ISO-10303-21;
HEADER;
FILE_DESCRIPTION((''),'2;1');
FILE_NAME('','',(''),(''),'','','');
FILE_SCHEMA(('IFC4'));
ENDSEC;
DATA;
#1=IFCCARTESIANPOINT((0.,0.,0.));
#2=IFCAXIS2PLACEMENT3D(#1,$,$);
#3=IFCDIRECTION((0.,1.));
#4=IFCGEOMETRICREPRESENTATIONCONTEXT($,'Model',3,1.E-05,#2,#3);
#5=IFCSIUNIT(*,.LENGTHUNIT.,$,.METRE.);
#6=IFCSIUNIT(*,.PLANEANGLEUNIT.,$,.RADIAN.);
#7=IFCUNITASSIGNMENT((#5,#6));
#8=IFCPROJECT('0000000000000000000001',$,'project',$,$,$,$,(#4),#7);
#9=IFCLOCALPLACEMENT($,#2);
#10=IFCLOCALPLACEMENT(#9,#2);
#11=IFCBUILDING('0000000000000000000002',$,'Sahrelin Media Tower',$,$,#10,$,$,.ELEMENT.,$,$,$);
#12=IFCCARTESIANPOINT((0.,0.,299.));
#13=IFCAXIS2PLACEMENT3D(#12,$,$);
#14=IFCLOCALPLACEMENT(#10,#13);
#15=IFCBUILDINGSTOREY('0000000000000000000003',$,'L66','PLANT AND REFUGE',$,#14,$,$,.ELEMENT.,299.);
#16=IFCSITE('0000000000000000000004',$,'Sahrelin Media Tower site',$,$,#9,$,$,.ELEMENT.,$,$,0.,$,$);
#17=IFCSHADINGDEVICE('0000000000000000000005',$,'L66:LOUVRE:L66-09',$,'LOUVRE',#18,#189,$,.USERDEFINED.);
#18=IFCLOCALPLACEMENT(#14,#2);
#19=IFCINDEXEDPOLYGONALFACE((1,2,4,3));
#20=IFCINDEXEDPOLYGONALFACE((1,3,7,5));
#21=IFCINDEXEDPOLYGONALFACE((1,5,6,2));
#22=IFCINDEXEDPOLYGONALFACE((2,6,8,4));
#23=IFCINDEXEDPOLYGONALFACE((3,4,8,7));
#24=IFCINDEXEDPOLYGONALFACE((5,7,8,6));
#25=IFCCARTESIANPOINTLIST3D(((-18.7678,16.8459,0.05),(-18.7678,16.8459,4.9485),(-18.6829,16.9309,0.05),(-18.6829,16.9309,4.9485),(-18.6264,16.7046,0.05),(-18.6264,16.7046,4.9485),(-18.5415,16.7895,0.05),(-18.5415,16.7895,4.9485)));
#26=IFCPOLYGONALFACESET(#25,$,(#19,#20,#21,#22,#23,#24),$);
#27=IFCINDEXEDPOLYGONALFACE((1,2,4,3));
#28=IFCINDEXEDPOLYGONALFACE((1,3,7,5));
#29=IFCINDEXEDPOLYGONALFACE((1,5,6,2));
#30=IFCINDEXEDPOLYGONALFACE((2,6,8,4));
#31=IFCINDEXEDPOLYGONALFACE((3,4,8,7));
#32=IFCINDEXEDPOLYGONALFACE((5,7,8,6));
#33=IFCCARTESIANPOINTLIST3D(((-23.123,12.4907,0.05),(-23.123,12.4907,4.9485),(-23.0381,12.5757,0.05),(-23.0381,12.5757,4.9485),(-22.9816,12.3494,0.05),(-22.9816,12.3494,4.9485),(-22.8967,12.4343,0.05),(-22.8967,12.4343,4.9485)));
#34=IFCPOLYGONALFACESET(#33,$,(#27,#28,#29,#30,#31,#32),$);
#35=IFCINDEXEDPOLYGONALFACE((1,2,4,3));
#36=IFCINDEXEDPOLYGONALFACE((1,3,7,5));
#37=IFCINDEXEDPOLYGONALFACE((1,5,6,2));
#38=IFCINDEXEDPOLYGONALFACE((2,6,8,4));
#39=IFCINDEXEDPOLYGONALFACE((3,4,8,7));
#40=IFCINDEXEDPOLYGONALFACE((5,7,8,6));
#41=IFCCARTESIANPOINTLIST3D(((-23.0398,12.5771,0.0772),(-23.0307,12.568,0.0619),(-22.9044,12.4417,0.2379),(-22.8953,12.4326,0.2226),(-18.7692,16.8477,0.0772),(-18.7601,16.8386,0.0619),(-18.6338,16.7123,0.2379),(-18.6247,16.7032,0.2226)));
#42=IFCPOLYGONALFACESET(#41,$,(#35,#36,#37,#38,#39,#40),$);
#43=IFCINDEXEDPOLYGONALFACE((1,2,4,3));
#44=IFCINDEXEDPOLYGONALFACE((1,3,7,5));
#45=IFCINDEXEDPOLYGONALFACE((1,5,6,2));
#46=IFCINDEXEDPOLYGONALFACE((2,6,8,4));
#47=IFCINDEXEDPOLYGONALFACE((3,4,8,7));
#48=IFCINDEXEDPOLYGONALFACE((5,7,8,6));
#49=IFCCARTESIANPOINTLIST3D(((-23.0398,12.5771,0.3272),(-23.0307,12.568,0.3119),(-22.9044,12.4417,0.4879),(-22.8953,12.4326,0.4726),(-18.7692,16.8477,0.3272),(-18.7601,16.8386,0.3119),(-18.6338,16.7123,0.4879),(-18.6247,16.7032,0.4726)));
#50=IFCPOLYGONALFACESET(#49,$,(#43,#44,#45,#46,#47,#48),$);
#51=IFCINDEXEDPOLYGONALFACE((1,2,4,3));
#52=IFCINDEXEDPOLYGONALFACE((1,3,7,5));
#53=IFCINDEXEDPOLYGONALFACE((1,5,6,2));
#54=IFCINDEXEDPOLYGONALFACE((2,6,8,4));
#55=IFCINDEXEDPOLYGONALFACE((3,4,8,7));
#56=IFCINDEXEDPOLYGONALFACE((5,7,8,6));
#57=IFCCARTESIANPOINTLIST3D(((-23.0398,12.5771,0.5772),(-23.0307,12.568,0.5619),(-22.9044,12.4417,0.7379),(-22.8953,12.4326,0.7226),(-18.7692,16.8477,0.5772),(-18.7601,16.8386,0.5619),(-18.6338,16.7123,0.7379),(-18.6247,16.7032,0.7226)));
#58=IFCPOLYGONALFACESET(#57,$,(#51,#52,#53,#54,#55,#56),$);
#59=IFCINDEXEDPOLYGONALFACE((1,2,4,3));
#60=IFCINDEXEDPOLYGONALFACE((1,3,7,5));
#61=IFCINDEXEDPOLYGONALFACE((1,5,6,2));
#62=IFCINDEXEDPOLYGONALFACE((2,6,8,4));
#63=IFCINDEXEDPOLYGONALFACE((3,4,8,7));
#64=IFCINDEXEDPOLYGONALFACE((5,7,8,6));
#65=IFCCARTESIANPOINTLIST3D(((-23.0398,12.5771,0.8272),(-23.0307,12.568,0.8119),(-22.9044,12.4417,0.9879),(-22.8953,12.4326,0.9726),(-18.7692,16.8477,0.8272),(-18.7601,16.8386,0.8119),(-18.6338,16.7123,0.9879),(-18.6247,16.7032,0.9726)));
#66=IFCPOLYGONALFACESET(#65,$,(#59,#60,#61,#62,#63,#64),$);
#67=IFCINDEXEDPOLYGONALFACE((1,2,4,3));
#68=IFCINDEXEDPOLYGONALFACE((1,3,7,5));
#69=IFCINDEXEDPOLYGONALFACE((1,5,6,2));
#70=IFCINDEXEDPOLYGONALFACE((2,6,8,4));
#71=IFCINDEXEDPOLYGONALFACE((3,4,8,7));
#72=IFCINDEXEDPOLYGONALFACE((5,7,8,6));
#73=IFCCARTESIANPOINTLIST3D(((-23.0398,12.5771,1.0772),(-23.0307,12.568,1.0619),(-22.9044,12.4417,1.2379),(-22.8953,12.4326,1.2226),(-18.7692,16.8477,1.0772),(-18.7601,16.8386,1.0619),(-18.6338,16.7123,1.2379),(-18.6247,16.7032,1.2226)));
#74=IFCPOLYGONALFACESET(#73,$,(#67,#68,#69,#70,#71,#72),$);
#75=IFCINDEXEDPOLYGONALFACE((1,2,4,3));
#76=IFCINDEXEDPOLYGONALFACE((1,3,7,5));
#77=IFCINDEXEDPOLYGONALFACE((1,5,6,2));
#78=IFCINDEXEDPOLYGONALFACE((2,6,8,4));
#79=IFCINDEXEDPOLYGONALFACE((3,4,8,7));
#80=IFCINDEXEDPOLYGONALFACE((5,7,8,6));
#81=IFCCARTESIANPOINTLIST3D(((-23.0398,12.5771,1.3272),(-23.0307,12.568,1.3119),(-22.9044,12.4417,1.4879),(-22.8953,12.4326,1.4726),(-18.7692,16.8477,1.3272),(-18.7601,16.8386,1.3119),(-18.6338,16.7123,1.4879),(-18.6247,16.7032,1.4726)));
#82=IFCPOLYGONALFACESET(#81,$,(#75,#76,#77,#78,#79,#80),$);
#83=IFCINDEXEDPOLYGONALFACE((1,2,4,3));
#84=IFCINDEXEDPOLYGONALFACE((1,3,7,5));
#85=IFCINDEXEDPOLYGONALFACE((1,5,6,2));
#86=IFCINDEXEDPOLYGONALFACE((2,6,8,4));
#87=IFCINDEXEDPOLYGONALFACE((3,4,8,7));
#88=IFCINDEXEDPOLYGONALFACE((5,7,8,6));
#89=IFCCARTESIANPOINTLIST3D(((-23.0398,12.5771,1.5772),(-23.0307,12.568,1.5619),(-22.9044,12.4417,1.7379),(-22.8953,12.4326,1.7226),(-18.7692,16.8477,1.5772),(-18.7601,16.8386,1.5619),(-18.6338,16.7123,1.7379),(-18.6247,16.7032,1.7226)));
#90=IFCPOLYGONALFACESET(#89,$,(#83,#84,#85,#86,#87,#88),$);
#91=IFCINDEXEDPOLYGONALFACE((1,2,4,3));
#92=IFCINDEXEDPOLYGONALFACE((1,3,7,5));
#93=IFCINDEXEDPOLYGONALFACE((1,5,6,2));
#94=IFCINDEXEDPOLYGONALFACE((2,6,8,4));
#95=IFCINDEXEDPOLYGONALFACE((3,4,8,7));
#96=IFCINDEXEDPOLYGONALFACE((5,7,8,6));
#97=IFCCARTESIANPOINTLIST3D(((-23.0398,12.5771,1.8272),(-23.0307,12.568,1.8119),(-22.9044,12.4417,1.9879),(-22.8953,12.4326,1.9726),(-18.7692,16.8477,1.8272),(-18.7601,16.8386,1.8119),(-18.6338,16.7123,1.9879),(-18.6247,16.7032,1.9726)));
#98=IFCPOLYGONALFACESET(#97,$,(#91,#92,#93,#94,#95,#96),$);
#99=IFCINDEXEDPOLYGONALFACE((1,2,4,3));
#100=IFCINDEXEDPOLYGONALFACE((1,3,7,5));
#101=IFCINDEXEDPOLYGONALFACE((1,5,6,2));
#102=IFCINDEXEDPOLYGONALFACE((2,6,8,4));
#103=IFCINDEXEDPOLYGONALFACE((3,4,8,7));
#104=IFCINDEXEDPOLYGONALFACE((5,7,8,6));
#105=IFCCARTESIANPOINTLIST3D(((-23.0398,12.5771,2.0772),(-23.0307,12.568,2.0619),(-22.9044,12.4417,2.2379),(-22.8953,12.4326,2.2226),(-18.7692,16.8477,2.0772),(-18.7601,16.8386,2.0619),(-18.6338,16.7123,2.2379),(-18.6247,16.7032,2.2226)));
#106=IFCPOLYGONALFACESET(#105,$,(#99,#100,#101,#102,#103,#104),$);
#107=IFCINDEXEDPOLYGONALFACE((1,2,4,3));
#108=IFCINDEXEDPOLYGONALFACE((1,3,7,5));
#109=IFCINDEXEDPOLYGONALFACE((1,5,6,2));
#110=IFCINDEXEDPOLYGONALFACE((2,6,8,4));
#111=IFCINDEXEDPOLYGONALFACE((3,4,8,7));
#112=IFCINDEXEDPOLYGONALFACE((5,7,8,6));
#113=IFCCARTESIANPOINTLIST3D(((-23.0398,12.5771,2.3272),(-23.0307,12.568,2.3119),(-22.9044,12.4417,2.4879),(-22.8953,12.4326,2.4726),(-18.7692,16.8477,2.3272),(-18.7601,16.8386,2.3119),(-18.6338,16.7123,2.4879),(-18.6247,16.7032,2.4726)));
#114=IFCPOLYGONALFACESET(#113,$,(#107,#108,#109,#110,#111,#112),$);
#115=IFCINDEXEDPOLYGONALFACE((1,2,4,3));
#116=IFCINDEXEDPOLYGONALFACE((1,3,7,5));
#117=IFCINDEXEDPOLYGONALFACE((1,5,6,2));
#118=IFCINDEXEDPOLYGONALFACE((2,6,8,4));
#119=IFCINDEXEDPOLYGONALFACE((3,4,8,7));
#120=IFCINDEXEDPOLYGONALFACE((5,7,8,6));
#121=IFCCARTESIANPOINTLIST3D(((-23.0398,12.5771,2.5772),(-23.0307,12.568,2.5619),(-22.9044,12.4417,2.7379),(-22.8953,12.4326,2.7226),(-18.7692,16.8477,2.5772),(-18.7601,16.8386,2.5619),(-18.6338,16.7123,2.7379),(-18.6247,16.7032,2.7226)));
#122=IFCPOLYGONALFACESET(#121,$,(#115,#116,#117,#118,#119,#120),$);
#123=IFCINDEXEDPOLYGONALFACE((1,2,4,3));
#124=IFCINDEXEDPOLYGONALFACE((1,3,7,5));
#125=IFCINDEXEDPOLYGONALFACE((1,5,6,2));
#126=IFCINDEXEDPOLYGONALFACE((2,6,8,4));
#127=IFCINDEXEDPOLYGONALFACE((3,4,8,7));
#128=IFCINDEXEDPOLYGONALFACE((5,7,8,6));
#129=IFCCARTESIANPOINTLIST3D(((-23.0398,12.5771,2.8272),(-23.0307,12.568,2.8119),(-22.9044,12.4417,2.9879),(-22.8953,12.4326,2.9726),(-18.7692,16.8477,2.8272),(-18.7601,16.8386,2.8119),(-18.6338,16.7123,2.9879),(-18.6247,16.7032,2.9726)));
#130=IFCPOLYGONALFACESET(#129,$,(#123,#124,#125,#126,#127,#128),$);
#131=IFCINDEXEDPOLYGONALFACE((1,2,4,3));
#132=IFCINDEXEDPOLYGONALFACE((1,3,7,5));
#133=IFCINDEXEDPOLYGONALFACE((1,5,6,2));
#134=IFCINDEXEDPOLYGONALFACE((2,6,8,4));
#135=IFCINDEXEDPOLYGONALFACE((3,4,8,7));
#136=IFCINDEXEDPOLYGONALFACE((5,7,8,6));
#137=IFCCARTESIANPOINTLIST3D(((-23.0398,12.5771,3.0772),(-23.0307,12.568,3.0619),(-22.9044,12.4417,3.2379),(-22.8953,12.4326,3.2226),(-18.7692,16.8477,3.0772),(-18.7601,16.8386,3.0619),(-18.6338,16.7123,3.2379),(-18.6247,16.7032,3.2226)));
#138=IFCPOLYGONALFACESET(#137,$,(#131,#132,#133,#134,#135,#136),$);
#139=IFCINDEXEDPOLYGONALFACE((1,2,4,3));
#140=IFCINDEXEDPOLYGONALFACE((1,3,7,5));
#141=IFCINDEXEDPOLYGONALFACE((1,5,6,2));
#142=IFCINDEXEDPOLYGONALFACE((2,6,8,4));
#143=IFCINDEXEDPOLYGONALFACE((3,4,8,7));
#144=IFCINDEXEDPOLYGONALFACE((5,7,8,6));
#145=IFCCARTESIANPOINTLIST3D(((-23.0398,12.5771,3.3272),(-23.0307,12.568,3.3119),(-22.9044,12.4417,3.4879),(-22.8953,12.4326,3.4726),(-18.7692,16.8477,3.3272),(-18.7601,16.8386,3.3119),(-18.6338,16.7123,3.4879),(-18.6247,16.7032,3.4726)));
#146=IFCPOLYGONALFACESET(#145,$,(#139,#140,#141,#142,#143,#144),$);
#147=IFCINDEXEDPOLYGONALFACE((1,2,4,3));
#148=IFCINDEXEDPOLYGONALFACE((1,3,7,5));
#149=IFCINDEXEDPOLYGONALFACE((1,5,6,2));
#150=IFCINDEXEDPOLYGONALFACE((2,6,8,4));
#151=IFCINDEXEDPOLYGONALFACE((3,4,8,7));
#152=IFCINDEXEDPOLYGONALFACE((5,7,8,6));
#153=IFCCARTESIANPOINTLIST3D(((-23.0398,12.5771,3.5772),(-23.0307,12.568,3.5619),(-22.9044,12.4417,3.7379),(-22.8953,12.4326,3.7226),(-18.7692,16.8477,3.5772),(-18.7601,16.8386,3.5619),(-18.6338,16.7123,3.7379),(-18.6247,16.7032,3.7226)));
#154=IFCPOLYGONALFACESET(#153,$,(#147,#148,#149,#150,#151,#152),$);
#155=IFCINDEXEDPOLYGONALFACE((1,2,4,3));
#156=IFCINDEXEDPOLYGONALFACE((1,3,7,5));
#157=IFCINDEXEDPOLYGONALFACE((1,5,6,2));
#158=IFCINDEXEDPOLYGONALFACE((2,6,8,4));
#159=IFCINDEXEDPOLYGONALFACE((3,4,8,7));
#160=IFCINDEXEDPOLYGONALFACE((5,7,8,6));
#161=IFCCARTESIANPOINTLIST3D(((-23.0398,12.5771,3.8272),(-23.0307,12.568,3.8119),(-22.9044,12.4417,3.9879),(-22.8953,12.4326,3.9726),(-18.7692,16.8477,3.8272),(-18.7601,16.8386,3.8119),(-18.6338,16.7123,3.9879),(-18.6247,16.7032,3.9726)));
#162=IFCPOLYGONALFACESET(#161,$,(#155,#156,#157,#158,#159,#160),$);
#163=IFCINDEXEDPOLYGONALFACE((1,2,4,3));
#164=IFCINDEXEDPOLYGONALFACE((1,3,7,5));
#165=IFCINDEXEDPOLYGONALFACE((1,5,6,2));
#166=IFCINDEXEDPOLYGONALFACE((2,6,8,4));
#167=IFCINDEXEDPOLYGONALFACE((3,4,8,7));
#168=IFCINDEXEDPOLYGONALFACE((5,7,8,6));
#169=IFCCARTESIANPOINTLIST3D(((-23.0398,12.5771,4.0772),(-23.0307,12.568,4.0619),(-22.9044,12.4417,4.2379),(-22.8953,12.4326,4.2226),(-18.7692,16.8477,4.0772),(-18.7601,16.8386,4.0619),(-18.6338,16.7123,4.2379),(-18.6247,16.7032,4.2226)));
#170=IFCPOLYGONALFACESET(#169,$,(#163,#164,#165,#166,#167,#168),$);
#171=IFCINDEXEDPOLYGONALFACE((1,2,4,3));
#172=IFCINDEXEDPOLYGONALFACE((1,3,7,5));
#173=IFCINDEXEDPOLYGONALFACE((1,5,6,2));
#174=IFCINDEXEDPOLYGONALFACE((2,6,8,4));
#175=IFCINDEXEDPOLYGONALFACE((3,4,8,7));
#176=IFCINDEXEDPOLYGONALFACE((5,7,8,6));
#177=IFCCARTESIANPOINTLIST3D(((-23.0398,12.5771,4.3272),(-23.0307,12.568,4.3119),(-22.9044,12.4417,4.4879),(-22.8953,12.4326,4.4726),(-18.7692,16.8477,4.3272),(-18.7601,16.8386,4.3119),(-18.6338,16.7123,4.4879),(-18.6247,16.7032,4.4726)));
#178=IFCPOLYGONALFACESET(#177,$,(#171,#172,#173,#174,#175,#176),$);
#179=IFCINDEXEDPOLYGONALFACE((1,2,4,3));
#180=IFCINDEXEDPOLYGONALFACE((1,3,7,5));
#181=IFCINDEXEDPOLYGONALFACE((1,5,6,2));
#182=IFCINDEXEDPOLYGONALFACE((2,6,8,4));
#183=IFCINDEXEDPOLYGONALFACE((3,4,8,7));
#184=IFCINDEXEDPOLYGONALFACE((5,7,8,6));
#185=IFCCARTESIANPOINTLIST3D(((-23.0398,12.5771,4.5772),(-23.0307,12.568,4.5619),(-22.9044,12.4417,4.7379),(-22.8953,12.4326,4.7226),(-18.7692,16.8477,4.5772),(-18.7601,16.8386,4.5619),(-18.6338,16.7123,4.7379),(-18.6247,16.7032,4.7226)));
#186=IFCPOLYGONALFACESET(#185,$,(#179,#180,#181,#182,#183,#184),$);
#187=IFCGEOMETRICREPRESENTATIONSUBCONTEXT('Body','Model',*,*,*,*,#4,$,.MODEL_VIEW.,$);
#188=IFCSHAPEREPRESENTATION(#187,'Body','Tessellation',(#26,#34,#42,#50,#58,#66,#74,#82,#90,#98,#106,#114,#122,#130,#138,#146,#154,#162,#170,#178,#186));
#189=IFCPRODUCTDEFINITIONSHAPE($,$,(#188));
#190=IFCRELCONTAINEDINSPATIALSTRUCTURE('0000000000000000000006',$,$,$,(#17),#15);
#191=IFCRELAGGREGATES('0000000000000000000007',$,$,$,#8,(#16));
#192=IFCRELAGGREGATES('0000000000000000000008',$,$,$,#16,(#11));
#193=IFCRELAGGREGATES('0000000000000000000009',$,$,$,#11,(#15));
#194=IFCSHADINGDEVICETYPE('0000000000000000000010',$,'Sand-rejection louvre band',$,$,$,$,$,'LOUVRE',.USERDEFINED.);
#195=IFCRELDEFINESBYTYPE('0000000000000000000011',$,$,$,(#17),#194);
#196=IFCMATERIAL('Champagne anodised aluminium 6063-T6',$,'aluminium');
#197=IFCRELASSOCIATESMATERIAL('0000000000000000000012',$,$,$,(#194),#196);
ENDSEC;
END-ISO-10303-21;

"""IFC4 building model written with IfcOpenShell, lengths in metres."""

from ifc_helpers import new_model, si_unit, direction, frame, origin, origin_2d, place, context, subcontext, project, spatial, rectangle, extrude, material, type_object, element, save


model = new_model("IFC4")

# Units and contexts
model_context = context("Model", 3, precision=1e-05, world=origin(), true_north=direction((0.0, 1.0)))
body_context = subcontext(model_context, "Body", "Model", "MODEL_VIEW")
ifc_project = project(units=[si_unit("LENGTHUNIT", "METRE"), si_unit("PLANEANGLEUNIT", "RADIAN")], contexts=[model_context])

# Site, building, storey
site_placement = place(None, origin())
site = spatial("IfcSite", under=ifc_project, at=site_placement, Name="Sahrelin Media Tower site", CompositionType="ELEMENT", RefElevation=0.0)
building_placement = place(site_placement, origin())
building = spatial("IfcBuilding", under=site, at=building_placement, Name="Sahrelin Media Tower", CompositionType="ELEMENT")
storey_placement = place(building_placement, frame((0.0, 0.0, 299.0)))
storey = spatial("IfcBuildingStorey", under=building, at=storey_placement, Name="L66", Description="PLANT AND REFUGE", CompositionType="ELEMENT", Elevation=299.0)

# Shading device
ifc_material_1 = material(Name="Champagne anodised aluminium 6063-T6", Category="aluminium")
shading_device_type = type_object("IfcShadingDeviceType", Name="Sand-rejection louvre band", ElementType="LOUVRE", PredefinedType="USERDEFINED", material=ifc_material_1)
shading_device_1_placement = place(storey_placement, frame((-20.7615, 14.5693, 0.0), z_axis=(0.0, 0.0, 1.0), x_axis=(0.707107, 0.707107, 0.0)))
element("IfcShadingDevice", 1, at=shading_device_1_placement, inside=storey, type_object=shading_device_type, Name="L66:LOUVRE:L66-09", ObjectType="LOUVRE", PredefinedType="USERDEFINED", context=body_context, shape_type="SweptSolid", body=[
    extrude(rectangle(XDim=0.1201, YDim=0.2, at=origin_2d()), frame((3.0796, 0.1001, 0.05), z_axis=(0.0, 0.0, 1.0), x_axis=(1.0, 0.0, 0.0)), (0.0, 0.0, 1.0), 4.8984),
    extrude(rectangle(XDim=0.1201, YDim=0.2, at=origin_2d()), frame((-3.0796, 0.1001, 0.05), z_axis=(0.0, 0.0, 1.0), x_axis=(1.0, 0.0, 0.0)), (0.0, 0.0, 1.0), 4.8984),
    extrude(rectangle(XDim=0.25, YDim=0.02, at=origin_2d()), frame((3.0198, 0.1001, 0.1499), z_axis=(-1.0, 0.0, 0.0), x_axis=(0.0, -0.766044, 0.642788)), (0.0, 0.0, 1.0), 6.0396),
    extrude(rectangle(XDim=0.25, YDim=0.02, at=origin_2d()), frame((3.0198, 0.1001, 0.3999), z_axis=(-1.0, 0.0, 0.0), x_axis=(0.0, -0.766044, 0.642788)), (0.0, 0.0, 1.0), 6.0396),
    extrude(rectangle(XDim=0.25, YDim=0.02, at=origin_2d()), frame((3.0198, 0.1001, 0.6499), z_axis=(-1.0, 0.0, 0.0), x_axis=(0.0, -0.766044, 0.642788)), (0.0, 0.0, 1.0), 6.0396),
    extrude(rectangle(XDim=0.25, YDim=0.02, at=origin_2d()), frame((3.0198, 0.1001, 0.8999), z_axis=(-1.0, 0.0, 0.0), x_axis=(0.0, -0.766044, 0.642788)), (0.0, 0.0, 1.0), 6.0396),
    extrude(rectangle(XDim=0.25, YDim=0.02, at=origin_2d()), frame((3.0198, 0.1001, 1.1499), z_axis=(-1.0, 0.0, 0.0), x_axis=(0.0, -0.766044, 0.642788)), (0.0, 0.0, 1.0), 6.0396),
    extrude(rectangle(XDim=0.25, YDim=0.02, at=origin_2d()), frame((3.0198, 0.1001, 1.3999), z_axis=(-1.0, 0.0, 0.0), x_axis=(0.0, -0.766044, 0.642788)), (0.0, 0.0, 1.0), 6.0396),
    extrude(rectangle(XDim=0.25, YDim=0.02, at=origin_2d()), frame((3.0198, 0.1001, 1.6499), z_axis=(-1.0, 0.0, 0.0), x_axis=(0.0, -0.766044, 0.642788)), (0.0, 0.0, 1.0), 6.0396),
    extrude(rectangle(XDim=0.25, YDim=0.02, at=origin_2d()), frame((3.0198, 0.1001, 1.8999), z_axis=(-1.0, 0.0, 0.0), x_axis=(0.0, -0.766044, 0.642788)), (0.0, 0.0, 1.0), 6.0396),
    extrude(rectangle(XDim=0.25, YDim=0.02, at=origin_2d()), frame((3.0198, 0.1001, 2.1499), z_axis=(-1.0, 0.0, 0.0), x_axis=(0.0, -0.766044, 0.642788)), (0.0, 0.0, 1.0), 6.0396),
    extrude(rectangle(XDim=0.25, YDim=0.02, at=origin_2d()), frame((3.0198, 0.1001, 2.3999), z_axis=(-1.0, 0.0, 0.0), x_axis=(0.0, -0.766044, 0.642788)), (0.0, 0.0, 1.0), 6.0396),
    extrude(rectangle(XDim=0.25, YDim=0.02, at=origin_2d()), frame((3.0198, 0.1001, 2.6499), z_axis=(-1.0, 0.0, 0.0), x_axis=(0.0, -0.766044, 0.642788)), (0.0, 0.0, 1.0), 6.0396),
    extrude(rectangle(XDim=0.25, YDim=0.02, at=origin_2d()), frame((3.0198, 0.1001, 2.8999), z_axis=(-1.0, 0.0, 0.0), x_axis=(0.0, -0.766044, 0.642788)), (0.0, 0.0, 1.0), 6.0396),
    extrude(rectangle(XDim=0.25, YDim=0.02, at=origin_2d()), frame((3.0198, 0.1001, 3.1499), z_axis=(-1.0, 0.0, 0.0), x_axis=(0.0, -0.766044, 0.642788)), (0.0, 0.0, 1.0), 6.0396),
    extrude(rectangle(XDim=0.25, YDim=0.02, at=origin_2d()), frame((3.0198, 0.1001, 3.3999), z_axis=(-1.0, 0.0, 0.0), x_axis=(0.0, -0.766044, 0.642788)), (0.0, 0.0, 1.0), 6.0396),
    extrude(rectangle(XDim=0.25, YDim=0.02, at=origin_2d()), frame((3.0198, 0.1001, 3.6499), z_axis=(-1.0, 0.0, 0.0), x_axis=(0.0, -0.766044, 0.642788)), (0.0, 0.0, 1.0), 6.0396),
    extrude(rectangle(XDim=0.25, YDim=0.02, at=origin_2d()), frame((3.0198, 0.1001, 3.8999), z_axis=(-1.0, 0.0, 0.0), x_axis=(0.0, -0.766044, 0.642788)), (0.0, 0.0, 1.0), 6.0396),
    extrude(rectangle(XDim=0.25, YDim=0.02, at=origin_2d()), frame((3.0198, 0.1001, 4.1499), z_axis=(-1.0, 0.0, 0.0), x_axis=(0.0, -0.766044, 0.642788)), (0.0, 0.0, 1.0), 6.0396),
    extrude(rectangle(XDim=0.25, YDim=0.02, at=origin_2d()), frame((3.0198, 0.1001, 4.3999), z_axis=(-1.0, 0.0, 0.0), x_axis=(0.0, -0.766044, 0.642788)), (0.0, 0.0, 1.0), 6.0396),
    extrude(rectangle(XDim=0.25, YDim=0.02, at=origin_2d()), frame((3.0198, 0.1001, 4.6499), z_axis=(-1.0, 0.0, 0.0), x_axis=(0.0, -0.766044, 0.642788)), (0.0, 0.0, 1.0), 6.0396),
])

save(model, "model.ifc")
